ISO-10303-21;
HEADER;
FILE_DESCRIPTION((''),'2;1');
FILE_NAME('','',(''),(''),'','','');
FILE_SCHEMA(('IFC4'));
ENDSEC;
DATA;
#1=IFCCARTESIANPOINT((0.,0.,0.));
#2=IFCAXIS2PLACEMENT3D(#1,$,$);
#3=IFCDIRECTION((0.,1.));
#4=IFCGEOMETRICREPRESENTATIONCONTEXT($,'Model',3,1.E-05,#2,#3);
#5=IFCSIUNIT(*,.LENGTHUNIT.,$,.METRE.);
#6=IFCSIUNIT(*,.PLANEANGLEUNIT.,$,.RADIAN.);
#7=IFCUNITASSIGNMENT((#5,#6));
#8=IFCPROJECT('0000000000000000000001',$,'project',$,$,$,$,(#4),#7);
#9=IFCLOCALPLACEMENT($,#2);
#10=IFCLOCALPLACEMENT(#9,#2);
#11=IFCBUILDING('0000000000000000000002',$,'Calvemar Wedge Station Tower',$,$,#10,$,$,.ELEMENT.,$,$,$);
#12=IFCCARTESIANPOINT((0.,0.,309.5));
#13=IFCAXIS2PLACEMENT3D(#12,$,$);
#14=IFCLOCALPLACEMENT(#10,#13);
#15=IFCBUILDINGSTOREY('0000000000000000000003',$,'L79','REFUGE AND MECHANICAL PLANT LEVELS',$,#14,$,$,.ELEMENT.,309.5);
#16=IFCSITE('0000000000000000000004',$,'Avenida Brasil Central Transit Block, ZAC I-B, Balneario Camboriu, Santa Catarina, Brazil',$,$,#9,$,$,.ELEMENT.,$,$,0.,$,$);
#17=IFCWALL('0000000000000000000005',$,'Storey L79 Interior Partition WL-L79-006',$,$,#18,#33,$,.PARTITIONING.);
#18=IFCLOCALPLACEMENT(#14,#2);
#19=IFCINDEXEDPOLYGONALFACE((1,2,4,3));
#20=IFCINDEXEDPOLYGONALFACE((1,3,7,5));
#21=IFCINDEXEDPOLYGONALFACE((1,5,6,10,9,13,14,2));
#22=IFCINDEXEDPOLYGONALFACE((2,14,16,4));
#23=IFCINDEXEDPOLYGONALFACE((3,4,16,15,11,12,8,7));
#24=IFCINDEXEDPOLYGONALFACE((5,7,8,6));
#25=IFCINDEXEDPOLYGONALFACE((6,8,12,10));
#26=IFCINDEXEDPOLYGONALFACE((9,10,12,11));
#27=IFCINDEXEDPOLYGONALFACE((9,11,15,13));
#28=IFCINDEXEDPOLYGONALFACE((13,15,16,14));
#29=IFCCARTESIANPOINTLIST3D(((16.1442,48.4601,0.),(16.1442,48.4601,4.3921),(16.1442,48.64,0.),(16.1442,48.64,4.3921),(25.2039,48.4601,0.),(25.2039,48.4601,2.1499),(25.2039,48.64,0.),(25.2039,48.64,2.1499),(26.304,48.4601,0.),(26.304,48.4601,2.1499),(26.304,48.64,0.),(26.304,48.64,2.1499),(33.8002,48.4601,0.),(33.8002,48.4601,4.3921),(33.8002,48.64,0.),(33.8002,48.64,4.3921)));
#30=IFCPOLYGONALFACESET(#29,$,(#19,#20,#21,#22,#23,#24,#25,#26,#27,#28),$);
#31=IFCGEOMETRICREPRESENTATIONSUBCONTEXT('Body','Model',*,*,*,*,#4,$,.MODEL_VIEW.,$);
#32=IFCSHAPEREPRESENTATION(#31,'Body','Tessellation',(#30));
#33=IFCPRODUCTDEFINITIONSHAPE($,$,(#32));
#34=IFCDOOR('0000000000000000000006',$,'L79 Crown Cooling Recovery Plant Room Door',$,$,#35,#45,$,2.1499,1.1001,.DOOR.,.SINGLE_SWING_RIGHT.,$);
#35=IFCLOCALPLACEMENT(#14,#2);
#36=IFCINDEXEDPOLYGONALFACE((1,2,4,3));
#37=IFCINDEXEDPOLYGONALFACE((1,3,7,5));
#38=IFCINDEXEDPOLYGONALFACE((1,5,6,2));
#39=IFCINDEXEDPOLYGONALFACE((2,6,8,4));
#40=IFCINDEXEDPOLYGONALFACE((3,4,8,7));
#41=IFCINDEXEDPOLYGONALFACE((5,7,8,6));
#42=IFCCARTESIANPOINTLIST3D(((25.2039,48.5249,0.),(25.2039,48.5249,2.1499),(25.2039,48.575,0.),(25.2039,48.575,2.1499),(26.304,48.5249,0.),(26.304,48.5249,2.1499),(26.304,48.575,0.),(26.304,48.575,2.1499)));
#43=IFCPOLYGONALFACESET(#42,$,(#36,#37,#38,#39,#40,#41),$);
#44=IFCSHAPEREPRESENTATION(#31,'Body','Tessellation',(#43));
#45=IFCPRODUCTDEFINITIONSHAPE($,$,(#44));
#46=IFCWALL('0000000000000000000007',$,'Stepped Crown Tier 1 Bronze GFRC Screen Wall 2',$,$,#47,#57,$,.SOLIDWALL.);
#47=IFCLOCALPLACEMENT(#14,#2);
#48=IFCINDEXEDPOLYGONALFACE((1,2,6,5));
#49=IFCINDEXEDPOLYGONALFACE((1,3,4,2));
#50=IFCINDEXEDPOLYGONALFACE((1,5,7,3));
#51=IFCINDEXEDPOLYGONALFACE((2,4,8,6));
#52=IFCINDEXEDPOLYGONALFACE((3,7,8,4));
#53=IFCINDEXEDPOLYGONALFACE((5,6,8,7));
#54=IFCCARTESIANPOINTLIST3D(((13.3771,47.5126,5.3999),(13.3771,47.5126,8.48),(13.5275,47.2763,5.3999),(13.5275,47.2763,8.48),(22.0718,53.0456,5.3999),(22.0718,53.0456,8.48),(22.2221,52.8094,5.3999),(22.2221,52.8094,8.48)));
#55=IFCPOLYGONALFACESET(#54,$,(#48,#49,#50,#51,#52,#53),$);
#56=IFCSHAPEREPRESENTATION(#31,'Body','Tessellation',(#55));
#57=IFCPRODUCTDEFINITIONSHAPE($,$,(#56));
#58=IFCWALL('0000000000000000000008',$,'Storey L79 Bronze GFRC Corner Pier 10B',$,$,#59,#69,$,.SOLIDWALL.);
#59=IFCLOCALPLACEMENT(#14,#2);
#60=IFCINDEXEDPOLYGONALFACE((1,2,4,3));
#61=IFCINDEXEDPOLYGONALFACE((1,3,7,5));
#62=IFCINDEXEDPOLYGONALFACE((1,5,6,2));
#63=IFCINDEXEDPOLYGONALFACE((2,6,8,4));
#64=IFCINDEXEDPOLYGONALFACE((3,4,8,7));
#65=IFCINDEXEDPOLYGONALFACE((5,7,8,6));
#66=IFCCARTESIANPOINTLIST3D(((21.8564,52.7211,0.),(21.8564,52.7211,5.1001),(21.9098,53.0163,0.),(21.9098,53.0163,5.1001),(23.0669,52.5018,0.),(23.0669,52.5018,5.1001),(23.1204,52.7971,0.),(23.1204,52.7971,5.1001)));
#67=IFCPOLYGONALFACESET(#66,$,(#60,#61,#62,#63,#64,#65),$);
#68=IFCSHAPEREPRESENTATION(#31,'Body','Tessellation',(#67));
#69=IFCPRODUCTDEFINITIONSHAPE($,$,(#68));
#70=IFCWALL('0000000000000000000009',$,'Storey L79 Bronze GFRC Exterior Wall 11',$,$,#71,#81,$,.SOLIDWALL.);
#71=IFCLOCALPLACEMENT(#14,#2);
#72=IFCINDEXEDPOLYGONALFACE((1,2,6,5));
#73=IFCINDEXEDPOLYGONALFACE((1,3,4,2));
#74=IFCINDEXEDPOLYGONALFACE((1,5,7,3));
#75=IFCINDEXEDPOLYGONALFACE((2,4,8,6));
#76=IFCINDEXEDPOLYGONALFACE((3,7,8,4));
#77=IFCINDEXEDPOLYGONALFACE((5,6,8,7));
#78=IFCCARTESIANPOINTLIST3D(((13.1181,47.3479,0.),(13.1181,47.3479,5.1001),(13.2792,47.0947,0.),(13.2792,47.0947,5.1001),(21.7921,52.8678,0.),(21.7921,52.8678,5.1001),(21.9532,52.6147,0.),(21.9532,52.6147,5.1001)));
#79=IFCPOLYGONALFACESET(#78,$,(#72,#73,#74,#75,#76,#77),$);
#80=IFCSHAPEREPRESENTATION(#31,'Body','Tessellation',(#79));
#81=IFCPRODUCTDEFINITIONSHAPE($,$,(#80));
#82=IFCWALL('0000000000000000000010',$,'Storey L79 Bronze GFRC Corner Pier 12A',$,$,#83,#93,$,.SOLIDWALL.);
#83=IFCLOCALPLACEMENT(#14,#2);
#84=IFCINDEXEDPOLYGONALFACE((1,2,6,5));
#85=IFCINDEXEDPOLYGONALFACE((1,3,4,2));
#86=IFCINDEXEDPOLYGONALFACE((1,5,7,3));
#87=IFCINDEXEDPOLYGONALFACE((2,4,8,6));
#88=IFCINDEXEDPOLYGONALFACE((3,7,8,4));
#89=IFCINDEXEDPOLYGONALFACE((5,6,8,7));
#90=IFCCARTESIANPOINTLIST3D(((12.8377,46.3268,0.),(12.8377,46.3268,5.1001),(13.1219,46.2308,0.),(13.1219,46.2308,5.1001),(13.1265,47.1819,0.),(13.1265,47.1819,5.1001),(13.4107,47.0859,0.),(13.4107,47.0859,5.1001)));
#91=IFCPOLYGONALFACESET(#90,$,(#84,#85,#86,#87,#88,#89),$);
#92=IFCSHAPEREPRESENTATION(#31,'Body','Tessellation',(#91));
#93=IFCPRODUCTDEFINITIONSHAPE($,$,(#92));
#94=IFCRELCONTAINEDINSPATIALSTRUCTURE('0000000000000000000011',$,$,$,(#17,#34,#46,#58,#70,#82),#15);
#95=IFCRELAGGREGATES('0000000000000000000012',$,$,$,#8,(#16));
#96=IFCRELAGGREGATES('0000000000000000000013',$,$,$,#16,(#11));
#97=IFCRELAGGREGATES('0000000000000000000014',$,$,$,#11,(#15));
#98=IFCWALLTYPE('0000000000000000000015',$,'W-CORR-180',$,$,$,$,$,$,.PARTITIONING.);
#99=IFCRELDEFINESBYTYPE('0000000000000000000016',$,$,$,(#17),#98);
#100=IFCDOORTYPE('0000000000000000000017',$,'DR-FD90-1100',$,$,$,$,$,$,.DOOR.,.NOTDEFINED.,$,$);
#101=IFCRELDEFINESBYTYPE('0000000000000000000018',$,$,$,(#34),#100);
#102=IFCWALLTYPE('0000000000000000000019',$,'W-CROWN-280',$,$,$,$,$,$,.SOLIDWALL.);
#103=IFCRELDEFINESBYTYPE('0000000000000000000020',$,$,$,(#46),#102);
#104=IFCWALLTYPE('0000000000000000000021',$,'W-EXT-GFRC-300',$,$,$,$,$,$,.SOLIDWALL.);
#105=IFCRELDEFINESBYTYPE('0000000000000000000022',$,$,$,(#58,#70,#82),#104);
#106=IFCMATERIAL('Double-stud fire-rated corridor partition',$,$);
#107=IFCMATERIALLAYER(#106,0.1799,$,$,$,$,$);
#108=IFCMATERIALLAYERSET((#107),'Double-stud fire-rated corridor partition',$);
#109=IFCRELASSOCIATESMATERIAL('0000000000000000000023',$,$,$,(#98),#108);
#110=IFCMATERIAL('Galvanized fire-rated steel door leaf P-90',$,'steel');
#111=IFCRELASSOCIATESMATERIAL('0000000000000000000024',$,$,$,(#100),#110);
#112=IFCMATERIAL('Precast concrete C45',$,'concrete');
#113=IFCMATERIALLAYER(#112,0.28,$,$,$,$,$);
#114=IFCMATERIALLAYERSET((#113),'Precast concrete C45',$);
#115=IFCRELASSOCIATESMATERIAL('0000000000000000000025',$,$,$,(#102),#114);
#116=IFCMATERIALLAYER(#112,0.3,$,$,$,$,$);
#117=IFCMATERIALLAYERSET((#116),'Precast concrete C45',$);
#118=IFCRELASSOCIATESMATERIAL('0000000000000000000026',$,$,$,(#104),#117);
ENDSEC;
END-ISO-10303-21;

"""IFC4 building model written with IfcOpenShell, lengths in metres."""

from ifc_helpers import new_model, si_unit, direction, frame, frame_2d, origin, place, context, subcontext, project, spatial, rectangle, extrude, source, transform, mapped, material, layer, layer_set, type_object, element, fill, save


model = new_model("IFC4")

# Units and contexts
model_context = context("Model", 3, precision=1e-05, world=origin(), true_north=direction((0.0, 1.0)))
body_context = subcontext(model_context, "Body", "Model", "MODEL_VIEW")
ifc_project = project(units=[si_unit("LENGTHUNIT", "METRE"), si_unit("PLANEANGLEUNIT", "RADIAN")], contexts=[model_context])

# Site, building, storey
site_placement = place(None, origin())
site = spatial("IfcSite", under=ifc_project, at=site_placement, Name="Avenida Brasil Central Transit Block, ZAC I-B, Balneario Camboriu, Santa Catarina, Brazil", CompositionType="ELEMENT", RefElevation=0.0)
building_placement = place(site_placement, origin())
building = spatial("IfcBuilding", under=site, at=building_placement, Name="Calvemar Wedge Station Tower", CompositionType="ELEMENT")
storey_placement = place(building_placement, frame((0.0, 0.0, 309.5)))
storey = spatial("IfcBuildingStorey", under=building, at=storey_placement, Name="L79", Description="REFUGE AND MECHANICAL PLANT LEVELS", CompositionType="ELEMENT", Elevation=309.5)

# Shared definitions
ifc_material_1 = material(Name="Double-stud fire-rated corridor partition")
ifc_layer_1 = layer(ifc_material_1, 0.1799)
ifc_layer_set_1 = layer_set([ifc_layer_1], Name="Double-stud fire-rated corridor partition")
wall_type_1 = type_object("IfcWallType", Name="W-CORR-180", PredefinedType="PARTITIONING", material=ifc_layer_set_1)

# Wall, opening, door
wall_1_placement = place(storey_placement, frame((16.144, 48.55, 0.0), z_axis=(0.0, 0.0, 1.0), x_axis=(1.0, 0.0, 0.0)))
wall_1 = element("IfcWall", 1, at=wall_1_placement, inside=storey, type_object=wall_type_1, Name="Storey L79 Interior Partition WL-L79-006", PredefinedType="PARTITIONING", context=body_context, shape_type="SweptSolid", body=[
    extrude(rectangle(XDim=17.656, YDim=0.1799, at=frame_2d((8.8281, 0.0))), origin(), (0.0, 0.0, 1.0), 4.3921),
])
shared_shape_1 = source(origin(), body_context, "Body", "SweptSolid", [
    extrude(rectangle(XDim=1.1001, YDim=2.1499, at=frame_2d((0.55, 1.075))), frame((0.0, 0.1001, 0.0), z_axis=(0.0, -1.0, 0.0), x_axis=(1.0, 0.0, 0.0)), (0.0, 0.0, 1.0), 0.2),
])
opening_placement = place(wall_1_placement, frame((9.0598, 0.0, 0.0)))
opening = element("IfcOpeningElement", 2, at=opening_placement, cuts=wall_1, PredefinedType="OPENING", context=body_context, shape_type="MappedRepresentation", body=[
    mapped(shared_shape_1, transform((0.0, 0.0, 0.0), scale=1.0)),
])
ifc_material_2 = material(Name="Galvanized fire-rated steel door leaf P-90", Category="steel")
door_type = type_object("IfcDoorType", Name="DR-FD90-1100", OperationType="NOTDEFINED", PredefinedType="DOOR", material=ifc_material_2)
shared_shape_2 = source(origin(), body_context, "Body", "SweptSolid", [
    extrude(rectangle(XDim=1.1001, YDim=2.1499, at=frame_2d((0.55, 1.075))), frame((0.0, 0.0249, 0.0), z_axis=(0.0, -1.0, 0.0), x_axis=(1.0, 0.0, 0.0)), (0.0, 0.0, 1.0), 0.05),
])
door_placement = place(opening_placement, origin())
door = element("IfcDoor", 3, at=door_placement, inside=storey, type_object=door_type, Name="L79 Crown Cooling Recovery Plant Room Door", OperationType="SINGLE_SWING_RIGHT", OverallHeight=2.1499, OverallWidth=1.1001, PredefinedType="DOOR", context=body_context, shape_type="MappedRepresentation", body=[
    mapped(shared_shape_2, transform((0.0, 0.0, 0.0), scale=1.0)),
])
fill(opening, door)

# Walls
ifc_material_3 = material(Name="Precast concrete C45", Category="concrete")
ifc_layer_2 = layer(ifc_material_3, 0.28)
ifc_layer_set_2 = layer_set([ifc_layer_2], Name="Precast concrete C45")
wall_type_2 = type_object("IfcWallType", Name="W-CROWN-280", PredefinedType="SOLIDWALL", material=ifc_layer_set_2)
wall_2_placement = place(storey_placement, frame((13.4524, 47.3945, 5.3999), z_axis=(0.0, 0.0, 1.0), x_axis=(0.84366, 0.536879, 0.0)))
element("IfcWall", 4, at=wall_2_placement, inside=storey, type_object=wall_type_2, Name="Stepped Crown Tier 1 Bronze GFRC Screen Wall 2", PredefinedType="SOLIDWALL", context=body_context, shape_type="SweptSolid", body=[
    extrude(rectangle(XDim=10.3059, YDim=0.28, at=frame_2d((5.1528, 0.0))), origin(), (0.0, 0.0, 1.0), 3.0801),
])
ifc_layer_3 = layer(ifc_material_3, 0.3)
ifc_layer_set_3 = layer_set([ifc_layer_3], Name="Precast concrete C45")
wall_type_3 = type_object("IfcWallType", Name="W-EXT-GFRC-300", PredefinedType="SOLIDWALL", material=ifc_layer_set_3)
wall_3_placement = place(storey_placement, frame((23.0938, 52.6494, 0.0), z_axis=(0.0, 0.0, 1.0), x_axis=(-0.98399, 0.178222, 0.0)))
element("IfcWall", 5, at=wall_3_placement, inside=storey, type_object=wall_type_3, Name="Storey L79 Bronze GFRC Corner Pier 10B", PredefinedType="SOLIDWALL", context=body_context, shape_type="SweptSolid", body=[
    extrude(rectangle(XDim=1.2302, YDim=0.3, at=frame_2d((0.6152, 0.0))), origin(), (0.0, 0.0, 1.0), 5.1001),
])
wall_4_placement = place(storey_placement, frame((21.8726, 52.7412, 0.0), z_axis=(0.0, 0.0, 1.0), x_axis=(-0.843655, -0.536886, 0.0)))
element("IfcWall", 6, at=wall_4_placement, inside=storey, type_object=wall_type_3, Name="Storey L79 Bronze GFRC Exterior Wall 11", PredefinedType="SOLIDWALL", context=body_context, shape_type="SweptSolid", body=[
    extrude(rectangle(XDim=10.2815, YDim=0.3, at=frame_2d((5.1406, 0.0))), origin(), (0.0, 0.0, 1.0), 5.1001),
])
wall_5_placement = place(storey_placement, frame((13.2686, 47.1338, 0.0), z_axis=(0.0, 0.0, 1.0), x_axis=(-0.319958, -0.947432, 0.0)))
element("IfcWall", 7, at=wall_5_placement, inside=storey, type_object=wall_type_3, Name="Storey L79 Bronze GFRC Corner Pier 12A", PredefinedType="SOLIDWALL", context=body_context, shape_type="SweptSolid", body=[
    extrude(rectangle(XDim=0.9026, YDim=0.3, at=frame_2d((0.4512, 0.0))), origin(), (0.0, 0.0, 1.0), 5.1001),
])

save(model, "model.ifc")
